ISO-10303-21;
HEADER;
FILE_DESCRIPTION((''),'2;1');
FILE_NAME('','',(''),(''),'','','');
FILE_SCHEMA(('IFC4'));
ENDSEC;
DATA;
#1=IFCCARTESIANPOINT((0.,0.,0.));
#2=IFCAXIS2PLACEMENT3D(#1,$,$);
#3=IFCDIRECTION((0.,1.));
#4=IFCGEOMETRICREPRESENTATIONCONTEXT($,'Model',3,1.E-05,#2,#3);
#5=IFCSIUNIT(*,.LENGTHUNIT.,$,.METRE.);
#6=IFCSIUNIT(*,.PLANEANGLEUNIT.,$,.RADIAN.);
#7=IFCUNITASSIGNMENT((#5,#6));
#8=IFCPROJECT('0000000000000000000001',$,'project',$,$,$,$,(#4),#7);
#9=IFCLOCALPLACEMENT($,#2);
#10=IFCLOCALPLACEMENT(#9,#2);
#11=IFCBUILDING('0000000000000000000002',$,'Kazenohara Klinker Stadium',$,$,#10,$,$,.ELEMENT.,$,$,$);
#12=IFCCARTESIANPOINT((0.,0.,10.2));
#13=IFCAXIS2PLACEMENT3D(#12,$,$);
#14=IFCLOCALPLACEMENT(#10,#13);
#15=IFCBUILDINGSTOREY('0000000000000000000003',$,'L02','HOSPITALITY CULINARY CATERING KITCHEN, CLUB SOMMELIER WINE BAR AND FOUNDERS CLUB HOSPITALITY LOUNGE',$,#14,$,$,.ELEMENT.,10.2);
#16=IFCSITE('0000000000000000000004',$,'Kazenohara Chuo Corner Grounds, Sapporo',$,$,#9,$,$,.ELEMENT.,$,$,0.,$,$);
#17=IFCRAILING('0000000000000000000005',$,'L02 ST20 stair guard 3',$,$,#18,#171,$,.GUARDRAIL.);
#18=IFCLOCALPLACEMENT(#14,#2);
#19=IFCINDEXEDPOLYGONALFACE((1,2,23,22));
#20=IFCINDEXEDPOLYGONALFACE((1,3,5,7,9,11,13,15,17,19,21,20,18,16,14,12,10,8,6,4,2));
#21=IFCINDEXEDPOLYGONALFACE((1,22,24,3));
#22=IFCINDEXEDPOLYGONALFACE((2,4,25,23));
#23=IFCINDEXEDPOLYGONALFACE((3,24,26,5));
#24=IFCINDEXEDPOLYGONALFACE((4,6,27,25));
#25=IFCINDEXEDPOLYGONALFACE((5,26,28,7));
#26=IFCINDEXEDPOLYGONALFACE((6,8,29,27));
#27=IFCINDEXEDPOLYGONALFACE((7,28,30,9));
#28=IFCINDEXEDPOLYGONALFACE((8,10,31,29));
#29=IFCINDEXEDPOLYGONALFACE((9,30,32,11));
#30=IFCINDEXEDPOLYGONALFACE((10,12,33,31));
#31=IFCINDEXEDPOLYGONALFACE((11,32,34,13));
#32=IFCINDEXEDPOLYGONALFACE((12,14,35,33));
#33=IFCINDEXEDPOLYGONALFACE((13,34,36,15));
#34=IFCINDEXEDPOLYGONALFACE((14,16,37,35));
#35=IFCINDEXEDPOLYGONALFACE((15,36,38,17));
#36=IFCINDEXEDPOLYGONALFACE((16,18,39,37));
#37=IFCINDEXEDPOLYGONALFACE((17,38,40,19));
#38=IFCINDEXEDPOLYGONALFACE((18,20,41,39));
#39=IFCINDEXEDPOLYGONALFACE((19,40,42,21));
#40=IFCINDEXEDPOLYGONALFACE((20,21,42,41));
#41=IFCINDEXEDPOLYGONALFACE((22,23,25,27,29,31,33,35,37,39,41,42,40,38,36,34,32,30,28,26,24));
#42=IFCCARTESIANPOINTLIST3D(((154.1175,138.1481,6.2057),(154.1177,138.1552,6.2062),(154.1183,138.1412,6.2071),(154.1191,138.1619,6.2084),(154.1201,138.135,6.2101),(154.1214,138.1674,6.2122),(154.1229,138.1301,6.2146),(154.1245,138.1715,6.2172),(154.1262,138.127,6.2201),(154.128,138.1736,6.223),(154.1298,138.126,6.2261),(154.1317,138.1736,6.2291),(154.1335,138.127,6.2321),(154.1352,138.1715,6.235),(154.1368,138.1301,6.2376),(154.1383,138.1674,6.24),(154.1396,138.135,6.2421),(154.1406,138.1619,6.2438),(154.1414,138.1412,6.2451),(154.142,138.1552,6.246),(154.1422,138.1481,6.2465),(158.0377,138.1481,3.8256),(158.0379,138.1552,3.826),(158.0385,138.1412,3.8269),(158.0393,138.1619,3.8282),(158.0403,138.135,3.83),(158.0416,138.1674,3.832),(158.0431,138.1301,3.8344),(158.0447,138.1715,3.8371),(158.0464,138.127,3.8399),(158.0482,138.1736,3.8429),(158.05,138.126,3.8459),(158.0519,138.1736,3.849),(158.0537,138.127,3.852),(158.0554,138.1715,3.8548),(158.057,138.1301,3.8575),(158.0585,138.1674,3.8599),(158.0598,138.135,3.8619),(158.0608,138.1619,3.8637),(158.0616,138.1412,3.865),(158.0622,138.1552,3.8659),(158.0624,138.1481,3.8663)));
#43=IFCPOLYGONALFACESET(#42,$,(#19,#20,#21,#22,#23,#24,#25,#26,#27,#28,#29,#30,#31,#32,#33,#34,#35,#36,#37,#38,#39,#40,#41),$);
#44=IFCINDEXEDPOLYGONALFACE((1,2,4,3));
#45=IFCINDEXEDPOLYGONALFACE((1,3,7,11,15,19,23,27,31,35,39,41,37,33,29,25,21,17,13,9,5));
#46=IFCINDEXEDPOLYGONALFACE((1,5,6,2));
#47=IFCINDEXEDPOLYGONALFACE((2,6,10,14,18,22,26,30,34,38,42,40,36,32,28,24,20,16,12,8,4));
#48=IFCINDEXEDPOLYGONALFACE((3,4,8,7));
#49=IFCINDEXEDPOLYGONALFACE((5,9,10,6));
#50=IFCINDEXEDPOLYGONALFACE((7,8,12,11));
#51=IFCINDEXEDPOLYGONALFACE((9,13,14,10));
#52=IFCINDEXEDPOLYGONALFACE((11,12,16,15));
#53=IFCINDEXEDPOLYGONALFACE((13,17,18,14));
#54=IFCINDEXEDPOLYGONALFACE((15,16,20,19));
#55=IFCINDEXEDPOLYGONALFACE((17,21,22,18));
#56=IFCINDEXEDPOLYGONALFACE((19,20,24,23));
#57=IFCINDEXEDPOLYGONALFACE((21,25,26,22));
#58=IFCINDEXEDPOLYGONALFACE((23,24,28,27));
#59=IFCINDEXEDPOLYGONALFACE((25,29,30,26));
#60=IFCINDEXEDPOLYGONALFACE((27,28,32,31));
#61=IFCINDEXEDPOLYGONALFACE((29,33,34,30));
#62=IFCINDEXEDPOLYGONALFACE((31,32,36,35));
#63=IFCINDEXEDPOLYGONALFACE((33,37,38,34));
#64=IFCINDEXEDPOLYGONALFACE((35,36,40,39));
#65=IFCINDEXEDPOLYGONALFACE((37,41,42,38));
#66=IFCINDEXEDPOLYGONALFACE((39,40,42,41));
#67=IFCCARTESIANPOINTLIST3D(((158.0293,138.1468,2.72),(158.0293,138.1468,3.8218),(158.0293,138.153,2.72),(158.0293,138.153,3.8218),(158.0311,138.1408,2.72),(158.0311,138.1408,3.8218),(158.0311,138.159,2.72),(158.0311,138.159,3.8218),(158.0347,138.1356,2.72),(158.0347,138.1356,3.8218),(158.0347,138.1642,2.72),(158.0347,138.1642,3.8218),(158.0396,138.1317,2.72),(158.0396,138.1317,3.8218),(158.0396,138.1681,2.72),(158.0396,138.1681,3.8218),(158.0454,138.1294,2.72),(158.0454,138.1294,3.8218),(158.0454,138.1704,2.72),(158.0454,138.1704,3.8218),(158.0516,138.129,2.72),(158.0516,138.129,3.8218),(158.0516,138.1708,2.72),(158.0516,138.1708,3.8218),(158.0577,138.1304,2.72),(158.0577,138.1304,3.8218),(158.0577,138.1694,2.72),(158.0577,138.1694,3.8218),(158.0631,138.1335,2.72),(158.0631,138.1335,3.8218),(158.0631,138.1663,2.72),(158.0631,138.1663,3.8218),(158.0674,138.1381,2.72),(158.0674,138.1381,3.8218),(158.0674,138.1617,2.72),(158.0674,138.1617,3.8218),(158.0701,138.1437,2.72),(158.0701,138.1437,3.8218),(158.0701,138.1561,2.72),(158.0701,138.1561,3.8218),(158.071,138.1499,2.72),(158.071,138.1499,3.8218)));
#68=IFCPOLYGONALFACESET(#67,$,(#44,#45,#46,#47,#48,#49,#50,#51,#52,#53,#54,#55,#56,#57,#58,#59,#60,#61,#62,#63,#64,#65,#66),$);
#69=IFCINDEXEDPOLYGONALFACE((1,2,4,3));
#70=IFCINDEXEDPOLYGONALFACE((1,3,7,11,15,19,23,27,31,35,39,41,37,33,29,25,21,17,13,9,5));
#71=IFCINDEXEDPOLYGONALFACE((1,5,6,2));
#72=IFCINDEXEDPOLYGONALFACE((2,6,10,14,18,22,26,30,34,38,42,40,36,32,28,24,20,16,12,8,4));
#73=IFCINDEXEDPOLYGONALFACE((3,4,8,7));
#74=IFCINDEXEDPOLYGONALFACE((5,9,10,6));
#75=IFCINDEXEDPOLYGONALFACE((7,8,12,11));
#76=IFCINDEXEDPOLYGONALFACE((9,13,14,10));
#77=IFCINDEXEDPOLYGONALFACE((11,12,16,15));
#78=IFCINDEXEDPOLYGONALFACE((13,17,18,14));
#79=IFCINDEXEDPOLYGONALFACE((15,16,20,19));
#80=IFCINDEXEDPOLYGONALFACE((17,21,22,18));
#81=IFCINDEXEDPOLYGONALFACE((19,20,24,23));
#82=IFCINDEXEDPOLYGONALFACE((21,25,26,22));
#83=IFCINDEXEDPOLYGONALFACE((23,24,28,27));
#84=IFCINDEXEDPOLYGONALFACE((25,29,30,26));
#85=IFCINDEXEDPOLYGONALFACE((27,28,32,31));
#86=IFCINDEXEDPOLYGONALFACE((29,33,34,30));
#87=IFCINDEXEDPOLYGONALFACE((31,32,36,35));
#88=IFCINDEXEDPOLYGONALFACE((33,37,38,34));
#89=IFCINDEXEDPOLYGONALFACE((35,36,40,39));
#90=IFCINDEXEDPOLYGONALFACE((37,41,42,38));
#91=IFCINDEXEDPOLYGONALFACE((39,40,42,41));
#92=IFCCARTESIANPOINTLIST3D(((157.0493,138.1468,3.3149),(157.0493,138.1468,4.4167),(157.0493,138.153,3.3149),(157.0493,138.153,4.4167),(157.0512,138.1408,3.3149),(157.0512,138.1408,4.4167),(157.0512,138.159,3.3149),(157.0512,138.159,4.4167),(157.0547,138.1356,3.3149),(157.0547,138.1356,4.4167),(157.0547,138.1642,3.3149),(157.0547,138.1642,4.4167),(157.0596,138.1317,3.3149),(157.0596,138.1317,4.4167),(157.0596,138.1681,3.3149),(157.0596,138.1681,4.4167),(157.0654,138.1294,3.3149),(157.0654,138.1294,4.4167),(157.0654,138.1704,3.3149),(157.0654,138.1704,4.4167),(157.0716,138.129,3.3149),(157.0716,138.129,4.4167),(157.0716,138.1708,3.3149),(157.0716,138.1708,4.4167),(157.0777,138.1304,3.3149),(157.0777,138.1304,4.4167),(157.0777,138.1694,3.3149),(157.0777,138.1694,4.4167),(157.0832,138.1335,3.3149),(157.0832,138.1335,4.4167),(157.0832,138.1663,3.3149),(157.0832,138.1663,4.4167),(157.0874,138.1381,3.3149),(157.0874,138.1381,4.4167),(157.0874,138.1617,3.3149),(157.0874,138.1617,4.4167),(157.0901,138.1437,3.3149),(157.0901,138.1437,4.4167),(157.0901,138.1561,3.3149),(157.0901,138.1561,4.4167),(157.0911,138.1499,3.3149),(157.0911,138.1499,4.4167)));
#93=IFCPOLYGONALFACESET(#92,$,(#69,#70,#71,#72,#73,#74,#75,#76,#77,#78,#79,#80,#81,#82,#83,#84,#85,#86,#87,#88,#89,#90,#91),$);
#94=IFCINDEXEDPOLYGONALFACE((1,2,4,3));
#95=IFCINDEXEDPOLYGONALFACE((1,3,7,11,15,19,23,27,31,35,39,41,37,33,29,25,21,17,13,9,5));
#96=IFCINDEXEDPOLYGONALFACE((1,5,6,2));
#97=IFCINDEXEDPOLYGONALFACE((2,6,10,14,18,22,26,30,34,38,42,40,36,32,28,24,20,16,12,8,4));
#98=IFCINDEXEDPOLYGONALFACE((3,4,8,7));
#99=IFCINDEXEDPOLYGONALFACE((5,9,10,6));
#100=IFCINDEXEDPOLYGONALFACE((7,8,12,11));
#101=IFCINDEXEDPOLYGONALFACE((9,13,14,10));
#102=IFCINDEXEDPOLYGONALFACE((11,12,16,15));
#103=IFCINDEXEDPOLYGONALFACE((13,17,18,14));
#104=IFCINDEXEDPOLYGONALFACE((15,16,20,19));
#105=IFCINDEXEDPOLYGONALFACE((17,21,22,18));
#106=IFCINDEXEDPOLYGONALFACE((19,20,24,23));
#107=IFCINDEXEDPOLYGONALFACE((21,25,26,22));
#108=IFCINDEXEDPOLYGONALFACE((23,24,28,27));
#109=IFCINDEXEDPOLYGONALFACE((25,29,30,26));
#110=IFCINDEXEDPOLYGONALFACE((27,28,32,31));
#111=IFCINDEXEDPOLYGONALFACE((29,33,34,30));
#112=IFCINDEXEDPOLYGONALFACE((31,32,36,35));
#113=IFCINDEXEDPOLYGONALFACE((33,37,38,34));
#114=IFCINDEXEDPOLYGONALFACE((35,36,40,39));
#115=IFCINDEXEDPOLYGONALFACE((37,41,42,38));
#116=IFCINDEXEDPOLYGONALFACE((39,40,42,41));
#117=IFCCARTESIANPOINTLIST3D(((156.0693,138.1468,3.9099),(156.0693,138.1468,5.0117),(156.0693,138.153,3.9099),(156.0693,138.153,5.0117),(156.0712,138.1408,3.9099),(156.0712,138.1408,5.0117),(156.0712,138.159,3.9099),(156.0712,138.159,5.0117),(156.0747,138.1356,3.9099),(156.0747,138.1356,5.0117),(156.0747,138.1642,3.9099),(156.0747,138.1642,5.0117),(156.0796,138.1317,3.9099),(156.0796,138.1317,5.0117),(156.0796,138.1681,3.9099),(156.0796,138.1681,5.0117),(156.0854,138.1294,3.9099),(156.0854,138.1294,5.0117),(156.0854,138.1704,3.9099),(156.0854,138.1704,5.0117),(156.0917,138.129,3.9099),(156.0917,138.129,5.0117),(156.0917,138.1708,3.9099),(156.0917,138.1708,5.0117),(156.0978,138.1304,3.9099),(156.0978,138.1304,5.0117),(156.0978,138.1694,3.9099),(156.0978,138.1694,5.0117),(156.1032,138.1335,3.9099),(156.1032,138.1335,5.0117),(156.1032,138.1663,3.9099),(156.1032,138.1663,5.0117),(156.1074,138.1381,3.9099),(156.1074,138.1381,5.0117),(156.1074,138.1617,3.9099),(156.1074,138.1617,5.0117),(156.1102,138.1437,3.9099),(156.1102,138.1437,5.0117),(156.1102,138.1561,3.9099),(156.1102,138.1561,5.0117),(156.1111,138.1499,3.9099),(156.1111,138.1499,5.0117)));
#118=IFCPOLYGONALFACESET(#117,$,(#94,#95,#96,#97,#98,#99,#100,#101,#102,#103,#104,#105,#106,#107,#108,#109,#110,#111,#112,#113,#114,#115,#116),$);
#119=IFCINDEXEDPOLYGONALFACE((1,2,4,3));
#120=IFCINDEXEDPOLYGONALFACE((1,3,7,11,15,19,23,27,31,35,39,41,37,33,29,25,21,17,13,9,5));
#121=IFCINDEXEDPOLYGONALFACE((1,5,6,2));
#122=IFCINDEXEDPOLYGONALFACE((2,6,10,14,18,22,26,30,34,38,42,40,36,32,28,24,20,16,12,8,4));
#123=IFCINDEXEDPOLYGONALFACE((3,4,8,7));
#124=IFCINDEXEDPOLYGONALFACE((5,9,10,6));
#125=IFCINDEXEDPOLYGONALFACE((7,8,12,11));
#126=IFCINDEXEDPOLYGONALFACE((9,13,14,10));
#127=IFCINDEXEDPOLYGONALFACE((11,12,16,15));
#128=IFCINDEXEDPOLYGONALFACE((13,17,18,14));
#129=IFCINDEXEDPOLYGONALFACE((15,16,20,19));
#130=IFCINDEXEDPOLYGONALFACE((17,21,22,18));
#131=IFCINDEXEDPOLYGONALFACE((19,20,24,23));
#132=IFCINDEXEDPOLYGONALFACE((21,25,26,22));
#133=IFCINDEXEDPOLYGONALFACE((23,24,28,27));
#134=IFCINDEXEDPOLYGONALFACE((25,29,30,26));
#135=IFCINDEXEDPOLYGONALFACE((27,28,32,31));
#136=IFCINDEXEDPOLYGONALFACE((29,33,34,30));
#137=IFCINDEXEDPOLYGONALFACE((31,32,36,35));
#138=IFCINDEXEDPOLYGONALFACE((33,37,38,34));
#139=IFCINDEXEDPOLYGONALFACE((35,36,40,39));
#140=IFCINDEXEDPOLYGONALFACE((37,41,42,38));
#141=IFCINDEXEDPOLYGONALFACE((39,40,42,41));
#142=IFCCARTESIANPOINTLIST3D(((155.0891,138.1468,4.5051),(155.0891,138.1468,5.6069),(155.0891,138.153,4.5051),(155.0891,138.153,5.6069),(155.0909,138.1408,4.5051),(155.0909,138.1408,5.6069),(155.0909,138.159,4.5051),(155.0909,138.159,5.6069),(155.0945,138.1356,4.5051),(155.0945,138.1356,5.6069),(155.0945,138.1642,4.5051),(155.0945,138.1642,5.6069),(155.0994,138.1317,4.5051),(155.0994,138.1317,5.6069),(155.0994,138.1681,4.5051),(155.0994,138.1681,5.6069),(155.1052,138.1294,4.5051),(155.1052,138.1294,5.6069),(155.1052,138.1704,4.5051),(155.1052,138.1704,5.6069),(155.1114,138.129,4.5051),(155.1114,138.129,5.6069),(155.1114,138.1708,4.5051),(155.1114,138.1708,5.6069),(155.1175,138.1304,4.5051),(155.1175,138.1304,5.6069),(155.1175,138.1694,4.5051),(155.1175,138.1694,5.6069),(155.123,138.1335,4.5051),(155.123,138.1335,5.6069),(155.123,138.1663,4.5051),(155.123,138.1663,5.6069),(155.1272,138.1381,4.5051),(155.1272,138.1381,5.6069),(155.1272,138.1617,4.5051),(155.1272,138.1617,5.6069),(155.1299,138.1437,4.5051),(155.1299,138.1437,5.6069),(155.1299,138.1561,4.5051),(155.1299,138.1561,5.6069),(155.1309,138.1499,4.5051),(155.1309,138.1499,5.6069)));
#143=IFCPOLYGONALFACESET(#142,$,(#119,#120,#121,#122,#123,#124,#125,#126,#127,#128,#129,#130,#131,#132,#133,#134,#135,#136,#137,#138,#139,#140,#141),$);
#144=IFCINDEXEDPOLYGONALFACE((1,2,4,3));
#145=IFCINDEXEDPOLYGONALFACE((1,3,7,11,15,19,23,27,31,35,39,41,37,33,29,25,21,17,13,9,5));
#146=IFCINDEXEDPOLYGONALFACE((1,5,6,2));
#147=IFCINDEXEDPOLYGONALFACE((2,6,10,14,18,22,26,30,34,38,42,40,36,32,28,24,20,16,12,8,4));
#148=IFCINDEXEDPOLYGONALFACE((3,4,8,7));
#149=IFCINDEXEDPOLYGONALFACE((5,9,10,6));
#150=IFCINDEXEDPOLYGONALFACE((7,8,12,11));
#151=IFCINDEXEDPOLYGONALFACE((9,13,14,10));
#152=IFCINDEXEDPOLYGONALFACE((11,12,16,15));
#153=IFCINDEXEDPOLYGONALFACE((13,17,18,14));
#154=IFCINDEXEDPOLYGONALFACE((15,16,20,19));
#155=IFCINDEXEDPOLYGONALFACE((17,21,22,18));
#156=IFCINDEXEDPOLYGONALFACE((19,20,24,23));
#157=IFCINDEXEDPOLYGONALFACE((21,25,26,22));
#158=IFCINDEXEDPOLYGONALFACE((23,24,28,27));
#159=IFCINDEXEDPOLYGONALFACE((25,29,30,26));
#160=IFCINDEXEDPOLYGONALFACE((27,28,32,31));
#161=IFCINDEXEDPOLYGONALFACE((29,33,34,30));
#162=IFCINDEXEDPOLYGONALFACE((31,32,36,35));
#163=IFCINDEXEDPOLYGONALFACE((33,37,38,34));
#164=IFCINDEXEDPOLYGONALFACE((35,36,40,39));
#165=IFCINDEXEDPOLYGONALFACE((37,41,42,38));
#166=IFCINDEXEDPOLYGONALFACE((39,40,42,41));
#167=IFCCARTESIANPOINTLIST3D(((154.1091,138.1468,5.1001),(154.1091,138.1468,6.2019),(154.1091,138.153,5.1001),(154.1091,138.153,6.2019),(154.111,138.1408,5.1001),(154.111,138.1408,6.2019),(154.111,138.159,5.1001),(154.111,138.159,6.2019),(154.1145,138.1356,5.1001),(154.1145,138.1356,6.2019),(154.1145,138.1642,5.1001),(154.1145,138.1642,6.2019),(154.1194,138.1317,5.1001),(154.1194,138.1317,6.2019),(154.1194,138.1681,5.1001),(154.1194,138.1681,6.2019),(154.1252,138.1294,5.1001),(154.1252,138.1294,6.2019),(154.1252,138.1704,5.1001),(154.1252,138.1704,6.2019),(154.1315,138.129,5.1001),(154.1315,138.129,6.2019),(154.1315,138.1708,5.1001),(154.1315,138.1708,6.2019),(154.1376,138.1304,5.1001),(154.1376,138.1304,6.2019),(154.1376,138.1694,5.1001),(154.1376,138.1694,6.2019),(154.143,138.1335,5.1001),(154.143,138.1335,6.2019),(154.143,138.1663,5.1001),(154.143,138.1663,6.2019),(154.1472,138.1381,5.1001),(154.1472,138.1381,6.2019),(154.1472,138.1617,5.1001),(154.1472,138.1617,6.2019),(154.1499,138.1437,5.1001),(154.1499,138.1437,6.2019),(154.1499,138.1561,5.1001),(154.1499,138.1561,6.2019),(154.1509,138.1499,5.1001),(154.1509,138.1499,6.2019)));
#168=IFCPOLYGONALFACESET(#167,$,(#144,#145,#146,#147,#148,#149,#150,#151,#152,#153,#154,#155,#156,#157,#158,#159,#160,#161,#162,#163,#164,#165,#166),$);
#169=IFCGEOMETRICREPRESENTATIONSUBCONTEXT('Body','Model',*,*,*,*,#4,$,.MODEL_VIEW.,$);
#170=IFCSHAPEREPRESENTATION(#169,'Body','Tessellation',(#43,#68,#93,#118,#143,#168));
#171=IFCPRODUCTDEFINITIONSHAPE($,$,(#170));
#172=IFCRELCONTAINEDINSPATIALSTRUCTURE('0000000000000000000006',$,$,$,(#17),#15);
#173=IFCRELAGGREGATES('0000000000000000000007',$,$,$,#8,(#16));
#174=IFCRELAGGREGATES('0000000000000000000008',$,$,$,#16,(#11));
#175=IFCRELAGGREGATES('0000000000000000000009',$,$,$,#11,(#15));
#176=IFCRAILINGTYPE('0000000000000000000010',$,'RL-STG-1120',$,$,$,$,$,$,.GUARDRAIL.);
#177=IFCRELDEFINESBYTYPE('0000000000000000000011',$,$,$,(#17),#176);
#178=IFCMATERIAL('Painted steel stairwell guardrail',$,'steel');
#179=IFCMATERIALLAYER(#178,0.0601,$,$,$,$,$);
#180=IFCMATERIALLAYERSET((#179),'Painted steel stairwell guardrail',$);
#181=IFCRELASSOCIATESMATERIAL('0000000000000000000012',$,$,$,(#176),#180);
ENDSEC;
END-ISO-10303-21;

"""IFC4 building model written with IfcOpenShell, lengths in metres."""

from ifc_helpers import new_model, si_unit, direction, frame, origin, origin_2d, place, context, subcontext, project, spatial, circle, extrude, material, layer, layer_set, type_object, element, save


model = new_model("IFC4")

# Units and contexts
model_context = context("Model", 3, precision=1e-05, world=origin(), true_north=direction((0.0, 1.0)))
body_context = subcontext(model_context, "Body", "Model", "MODEL_VIEW")
ifc_project = project(units=[si_unit("LENGTHUNIT", "METRE"), si_unit("PLANEANGLEUNIT", "RADIAN")], contexts=[model_context])

# Site, building, storey
site_placement = place(None, origin())
site = spatial("IfcSite", under=ifc_project, at=site_placement, Name="Kazenohara Chuo Corner Grounds, Sapporo", CompositionType="ELEMENT", RefElevation=0.0)
building_placement = place(site_placement, origin())
building = spatial("IfcBuilding", under=site, at=building_placement, Name="Kazenohara Klinker Stadium", CompositionType="ELEMENT")
storey_placement = place(building_placement, frame((0.0, 0.0, 10.2)))
storey = spatial("IfcBuildingStorey", under=building, at=storey_placement, Name="L02", Description="HOSPITALITY CULINARY CATERING KITCHEN, CLUB SOMMELIER WINE BAR AND FOUNDERS CLUB HOSPITALITY LOUNGE", CompositionType="ELEMENT", Elevation=10.2)

# Railing
ifc_material_1 = material(Name="Painted steel stairwell guardrail", Category="steel")
ifc_layer_1 = layer(ifc_material_1, 0.0601)
ifc_layer_set_1 = layer_set([ifc_layer_1], Name="Painted steel stairwell guardrail")
railing_type_1 = type_object("IfcRailingType", Name="RL-STG-1120", PredefinedType="GUARDRAIL", material=ifc_layer_set_1)
railing_1_placement = place(storey_placement, frame((158.05, 138.1499, 2.72)))
element("IfcRailing", 1, at=railing_1_placement, inside=storey, type_object=railing_type_1, Name="L02 ST20 stair guard 3", PredefinedType="GUARDRAIL", context=body_context, shape_type="SweptSolid", body=[
    extrude(circle(Radius=0.0239, at=origin_2d()), frame((0.0, 0.0, 1.126), z_axis=(-0.854785, 0.0, 0.518982), x_axis=(0.0, -1.0, 0.0)), (0.0, 0.0, 1.0), 4.5862),
    extrude(circle(Radius=0.021, at=origin_2d()), origin(), (0.0, 0.0, 1.0), 1.1018),
    extrude(circle(Radius=0.021, at=origin_2d()), frame((-0.98, 0.0, 0.595)), (0.0, 0.0, 1.0), 1.1018),
    extrude(circle(Radius=0.021, at=origin_2d()), frame((-1.96, 0.0, 1.1899)), (0.0, 0.0, 1.0), 1.1018),
    extrude(circle(Radius=0.021, at=origin_2d()), frame((-2.9402, 0.0, 1.7852)), (0.0, 0.0, 1.0), 1.1018),
    extrude(circle(Radius=0.021, at=origin_2d()), frame((-3.9202, 0.0, 2.3801)), (0.0, 0.0, 1.0), 1.1018),
])

save(model, "model.ifc")
